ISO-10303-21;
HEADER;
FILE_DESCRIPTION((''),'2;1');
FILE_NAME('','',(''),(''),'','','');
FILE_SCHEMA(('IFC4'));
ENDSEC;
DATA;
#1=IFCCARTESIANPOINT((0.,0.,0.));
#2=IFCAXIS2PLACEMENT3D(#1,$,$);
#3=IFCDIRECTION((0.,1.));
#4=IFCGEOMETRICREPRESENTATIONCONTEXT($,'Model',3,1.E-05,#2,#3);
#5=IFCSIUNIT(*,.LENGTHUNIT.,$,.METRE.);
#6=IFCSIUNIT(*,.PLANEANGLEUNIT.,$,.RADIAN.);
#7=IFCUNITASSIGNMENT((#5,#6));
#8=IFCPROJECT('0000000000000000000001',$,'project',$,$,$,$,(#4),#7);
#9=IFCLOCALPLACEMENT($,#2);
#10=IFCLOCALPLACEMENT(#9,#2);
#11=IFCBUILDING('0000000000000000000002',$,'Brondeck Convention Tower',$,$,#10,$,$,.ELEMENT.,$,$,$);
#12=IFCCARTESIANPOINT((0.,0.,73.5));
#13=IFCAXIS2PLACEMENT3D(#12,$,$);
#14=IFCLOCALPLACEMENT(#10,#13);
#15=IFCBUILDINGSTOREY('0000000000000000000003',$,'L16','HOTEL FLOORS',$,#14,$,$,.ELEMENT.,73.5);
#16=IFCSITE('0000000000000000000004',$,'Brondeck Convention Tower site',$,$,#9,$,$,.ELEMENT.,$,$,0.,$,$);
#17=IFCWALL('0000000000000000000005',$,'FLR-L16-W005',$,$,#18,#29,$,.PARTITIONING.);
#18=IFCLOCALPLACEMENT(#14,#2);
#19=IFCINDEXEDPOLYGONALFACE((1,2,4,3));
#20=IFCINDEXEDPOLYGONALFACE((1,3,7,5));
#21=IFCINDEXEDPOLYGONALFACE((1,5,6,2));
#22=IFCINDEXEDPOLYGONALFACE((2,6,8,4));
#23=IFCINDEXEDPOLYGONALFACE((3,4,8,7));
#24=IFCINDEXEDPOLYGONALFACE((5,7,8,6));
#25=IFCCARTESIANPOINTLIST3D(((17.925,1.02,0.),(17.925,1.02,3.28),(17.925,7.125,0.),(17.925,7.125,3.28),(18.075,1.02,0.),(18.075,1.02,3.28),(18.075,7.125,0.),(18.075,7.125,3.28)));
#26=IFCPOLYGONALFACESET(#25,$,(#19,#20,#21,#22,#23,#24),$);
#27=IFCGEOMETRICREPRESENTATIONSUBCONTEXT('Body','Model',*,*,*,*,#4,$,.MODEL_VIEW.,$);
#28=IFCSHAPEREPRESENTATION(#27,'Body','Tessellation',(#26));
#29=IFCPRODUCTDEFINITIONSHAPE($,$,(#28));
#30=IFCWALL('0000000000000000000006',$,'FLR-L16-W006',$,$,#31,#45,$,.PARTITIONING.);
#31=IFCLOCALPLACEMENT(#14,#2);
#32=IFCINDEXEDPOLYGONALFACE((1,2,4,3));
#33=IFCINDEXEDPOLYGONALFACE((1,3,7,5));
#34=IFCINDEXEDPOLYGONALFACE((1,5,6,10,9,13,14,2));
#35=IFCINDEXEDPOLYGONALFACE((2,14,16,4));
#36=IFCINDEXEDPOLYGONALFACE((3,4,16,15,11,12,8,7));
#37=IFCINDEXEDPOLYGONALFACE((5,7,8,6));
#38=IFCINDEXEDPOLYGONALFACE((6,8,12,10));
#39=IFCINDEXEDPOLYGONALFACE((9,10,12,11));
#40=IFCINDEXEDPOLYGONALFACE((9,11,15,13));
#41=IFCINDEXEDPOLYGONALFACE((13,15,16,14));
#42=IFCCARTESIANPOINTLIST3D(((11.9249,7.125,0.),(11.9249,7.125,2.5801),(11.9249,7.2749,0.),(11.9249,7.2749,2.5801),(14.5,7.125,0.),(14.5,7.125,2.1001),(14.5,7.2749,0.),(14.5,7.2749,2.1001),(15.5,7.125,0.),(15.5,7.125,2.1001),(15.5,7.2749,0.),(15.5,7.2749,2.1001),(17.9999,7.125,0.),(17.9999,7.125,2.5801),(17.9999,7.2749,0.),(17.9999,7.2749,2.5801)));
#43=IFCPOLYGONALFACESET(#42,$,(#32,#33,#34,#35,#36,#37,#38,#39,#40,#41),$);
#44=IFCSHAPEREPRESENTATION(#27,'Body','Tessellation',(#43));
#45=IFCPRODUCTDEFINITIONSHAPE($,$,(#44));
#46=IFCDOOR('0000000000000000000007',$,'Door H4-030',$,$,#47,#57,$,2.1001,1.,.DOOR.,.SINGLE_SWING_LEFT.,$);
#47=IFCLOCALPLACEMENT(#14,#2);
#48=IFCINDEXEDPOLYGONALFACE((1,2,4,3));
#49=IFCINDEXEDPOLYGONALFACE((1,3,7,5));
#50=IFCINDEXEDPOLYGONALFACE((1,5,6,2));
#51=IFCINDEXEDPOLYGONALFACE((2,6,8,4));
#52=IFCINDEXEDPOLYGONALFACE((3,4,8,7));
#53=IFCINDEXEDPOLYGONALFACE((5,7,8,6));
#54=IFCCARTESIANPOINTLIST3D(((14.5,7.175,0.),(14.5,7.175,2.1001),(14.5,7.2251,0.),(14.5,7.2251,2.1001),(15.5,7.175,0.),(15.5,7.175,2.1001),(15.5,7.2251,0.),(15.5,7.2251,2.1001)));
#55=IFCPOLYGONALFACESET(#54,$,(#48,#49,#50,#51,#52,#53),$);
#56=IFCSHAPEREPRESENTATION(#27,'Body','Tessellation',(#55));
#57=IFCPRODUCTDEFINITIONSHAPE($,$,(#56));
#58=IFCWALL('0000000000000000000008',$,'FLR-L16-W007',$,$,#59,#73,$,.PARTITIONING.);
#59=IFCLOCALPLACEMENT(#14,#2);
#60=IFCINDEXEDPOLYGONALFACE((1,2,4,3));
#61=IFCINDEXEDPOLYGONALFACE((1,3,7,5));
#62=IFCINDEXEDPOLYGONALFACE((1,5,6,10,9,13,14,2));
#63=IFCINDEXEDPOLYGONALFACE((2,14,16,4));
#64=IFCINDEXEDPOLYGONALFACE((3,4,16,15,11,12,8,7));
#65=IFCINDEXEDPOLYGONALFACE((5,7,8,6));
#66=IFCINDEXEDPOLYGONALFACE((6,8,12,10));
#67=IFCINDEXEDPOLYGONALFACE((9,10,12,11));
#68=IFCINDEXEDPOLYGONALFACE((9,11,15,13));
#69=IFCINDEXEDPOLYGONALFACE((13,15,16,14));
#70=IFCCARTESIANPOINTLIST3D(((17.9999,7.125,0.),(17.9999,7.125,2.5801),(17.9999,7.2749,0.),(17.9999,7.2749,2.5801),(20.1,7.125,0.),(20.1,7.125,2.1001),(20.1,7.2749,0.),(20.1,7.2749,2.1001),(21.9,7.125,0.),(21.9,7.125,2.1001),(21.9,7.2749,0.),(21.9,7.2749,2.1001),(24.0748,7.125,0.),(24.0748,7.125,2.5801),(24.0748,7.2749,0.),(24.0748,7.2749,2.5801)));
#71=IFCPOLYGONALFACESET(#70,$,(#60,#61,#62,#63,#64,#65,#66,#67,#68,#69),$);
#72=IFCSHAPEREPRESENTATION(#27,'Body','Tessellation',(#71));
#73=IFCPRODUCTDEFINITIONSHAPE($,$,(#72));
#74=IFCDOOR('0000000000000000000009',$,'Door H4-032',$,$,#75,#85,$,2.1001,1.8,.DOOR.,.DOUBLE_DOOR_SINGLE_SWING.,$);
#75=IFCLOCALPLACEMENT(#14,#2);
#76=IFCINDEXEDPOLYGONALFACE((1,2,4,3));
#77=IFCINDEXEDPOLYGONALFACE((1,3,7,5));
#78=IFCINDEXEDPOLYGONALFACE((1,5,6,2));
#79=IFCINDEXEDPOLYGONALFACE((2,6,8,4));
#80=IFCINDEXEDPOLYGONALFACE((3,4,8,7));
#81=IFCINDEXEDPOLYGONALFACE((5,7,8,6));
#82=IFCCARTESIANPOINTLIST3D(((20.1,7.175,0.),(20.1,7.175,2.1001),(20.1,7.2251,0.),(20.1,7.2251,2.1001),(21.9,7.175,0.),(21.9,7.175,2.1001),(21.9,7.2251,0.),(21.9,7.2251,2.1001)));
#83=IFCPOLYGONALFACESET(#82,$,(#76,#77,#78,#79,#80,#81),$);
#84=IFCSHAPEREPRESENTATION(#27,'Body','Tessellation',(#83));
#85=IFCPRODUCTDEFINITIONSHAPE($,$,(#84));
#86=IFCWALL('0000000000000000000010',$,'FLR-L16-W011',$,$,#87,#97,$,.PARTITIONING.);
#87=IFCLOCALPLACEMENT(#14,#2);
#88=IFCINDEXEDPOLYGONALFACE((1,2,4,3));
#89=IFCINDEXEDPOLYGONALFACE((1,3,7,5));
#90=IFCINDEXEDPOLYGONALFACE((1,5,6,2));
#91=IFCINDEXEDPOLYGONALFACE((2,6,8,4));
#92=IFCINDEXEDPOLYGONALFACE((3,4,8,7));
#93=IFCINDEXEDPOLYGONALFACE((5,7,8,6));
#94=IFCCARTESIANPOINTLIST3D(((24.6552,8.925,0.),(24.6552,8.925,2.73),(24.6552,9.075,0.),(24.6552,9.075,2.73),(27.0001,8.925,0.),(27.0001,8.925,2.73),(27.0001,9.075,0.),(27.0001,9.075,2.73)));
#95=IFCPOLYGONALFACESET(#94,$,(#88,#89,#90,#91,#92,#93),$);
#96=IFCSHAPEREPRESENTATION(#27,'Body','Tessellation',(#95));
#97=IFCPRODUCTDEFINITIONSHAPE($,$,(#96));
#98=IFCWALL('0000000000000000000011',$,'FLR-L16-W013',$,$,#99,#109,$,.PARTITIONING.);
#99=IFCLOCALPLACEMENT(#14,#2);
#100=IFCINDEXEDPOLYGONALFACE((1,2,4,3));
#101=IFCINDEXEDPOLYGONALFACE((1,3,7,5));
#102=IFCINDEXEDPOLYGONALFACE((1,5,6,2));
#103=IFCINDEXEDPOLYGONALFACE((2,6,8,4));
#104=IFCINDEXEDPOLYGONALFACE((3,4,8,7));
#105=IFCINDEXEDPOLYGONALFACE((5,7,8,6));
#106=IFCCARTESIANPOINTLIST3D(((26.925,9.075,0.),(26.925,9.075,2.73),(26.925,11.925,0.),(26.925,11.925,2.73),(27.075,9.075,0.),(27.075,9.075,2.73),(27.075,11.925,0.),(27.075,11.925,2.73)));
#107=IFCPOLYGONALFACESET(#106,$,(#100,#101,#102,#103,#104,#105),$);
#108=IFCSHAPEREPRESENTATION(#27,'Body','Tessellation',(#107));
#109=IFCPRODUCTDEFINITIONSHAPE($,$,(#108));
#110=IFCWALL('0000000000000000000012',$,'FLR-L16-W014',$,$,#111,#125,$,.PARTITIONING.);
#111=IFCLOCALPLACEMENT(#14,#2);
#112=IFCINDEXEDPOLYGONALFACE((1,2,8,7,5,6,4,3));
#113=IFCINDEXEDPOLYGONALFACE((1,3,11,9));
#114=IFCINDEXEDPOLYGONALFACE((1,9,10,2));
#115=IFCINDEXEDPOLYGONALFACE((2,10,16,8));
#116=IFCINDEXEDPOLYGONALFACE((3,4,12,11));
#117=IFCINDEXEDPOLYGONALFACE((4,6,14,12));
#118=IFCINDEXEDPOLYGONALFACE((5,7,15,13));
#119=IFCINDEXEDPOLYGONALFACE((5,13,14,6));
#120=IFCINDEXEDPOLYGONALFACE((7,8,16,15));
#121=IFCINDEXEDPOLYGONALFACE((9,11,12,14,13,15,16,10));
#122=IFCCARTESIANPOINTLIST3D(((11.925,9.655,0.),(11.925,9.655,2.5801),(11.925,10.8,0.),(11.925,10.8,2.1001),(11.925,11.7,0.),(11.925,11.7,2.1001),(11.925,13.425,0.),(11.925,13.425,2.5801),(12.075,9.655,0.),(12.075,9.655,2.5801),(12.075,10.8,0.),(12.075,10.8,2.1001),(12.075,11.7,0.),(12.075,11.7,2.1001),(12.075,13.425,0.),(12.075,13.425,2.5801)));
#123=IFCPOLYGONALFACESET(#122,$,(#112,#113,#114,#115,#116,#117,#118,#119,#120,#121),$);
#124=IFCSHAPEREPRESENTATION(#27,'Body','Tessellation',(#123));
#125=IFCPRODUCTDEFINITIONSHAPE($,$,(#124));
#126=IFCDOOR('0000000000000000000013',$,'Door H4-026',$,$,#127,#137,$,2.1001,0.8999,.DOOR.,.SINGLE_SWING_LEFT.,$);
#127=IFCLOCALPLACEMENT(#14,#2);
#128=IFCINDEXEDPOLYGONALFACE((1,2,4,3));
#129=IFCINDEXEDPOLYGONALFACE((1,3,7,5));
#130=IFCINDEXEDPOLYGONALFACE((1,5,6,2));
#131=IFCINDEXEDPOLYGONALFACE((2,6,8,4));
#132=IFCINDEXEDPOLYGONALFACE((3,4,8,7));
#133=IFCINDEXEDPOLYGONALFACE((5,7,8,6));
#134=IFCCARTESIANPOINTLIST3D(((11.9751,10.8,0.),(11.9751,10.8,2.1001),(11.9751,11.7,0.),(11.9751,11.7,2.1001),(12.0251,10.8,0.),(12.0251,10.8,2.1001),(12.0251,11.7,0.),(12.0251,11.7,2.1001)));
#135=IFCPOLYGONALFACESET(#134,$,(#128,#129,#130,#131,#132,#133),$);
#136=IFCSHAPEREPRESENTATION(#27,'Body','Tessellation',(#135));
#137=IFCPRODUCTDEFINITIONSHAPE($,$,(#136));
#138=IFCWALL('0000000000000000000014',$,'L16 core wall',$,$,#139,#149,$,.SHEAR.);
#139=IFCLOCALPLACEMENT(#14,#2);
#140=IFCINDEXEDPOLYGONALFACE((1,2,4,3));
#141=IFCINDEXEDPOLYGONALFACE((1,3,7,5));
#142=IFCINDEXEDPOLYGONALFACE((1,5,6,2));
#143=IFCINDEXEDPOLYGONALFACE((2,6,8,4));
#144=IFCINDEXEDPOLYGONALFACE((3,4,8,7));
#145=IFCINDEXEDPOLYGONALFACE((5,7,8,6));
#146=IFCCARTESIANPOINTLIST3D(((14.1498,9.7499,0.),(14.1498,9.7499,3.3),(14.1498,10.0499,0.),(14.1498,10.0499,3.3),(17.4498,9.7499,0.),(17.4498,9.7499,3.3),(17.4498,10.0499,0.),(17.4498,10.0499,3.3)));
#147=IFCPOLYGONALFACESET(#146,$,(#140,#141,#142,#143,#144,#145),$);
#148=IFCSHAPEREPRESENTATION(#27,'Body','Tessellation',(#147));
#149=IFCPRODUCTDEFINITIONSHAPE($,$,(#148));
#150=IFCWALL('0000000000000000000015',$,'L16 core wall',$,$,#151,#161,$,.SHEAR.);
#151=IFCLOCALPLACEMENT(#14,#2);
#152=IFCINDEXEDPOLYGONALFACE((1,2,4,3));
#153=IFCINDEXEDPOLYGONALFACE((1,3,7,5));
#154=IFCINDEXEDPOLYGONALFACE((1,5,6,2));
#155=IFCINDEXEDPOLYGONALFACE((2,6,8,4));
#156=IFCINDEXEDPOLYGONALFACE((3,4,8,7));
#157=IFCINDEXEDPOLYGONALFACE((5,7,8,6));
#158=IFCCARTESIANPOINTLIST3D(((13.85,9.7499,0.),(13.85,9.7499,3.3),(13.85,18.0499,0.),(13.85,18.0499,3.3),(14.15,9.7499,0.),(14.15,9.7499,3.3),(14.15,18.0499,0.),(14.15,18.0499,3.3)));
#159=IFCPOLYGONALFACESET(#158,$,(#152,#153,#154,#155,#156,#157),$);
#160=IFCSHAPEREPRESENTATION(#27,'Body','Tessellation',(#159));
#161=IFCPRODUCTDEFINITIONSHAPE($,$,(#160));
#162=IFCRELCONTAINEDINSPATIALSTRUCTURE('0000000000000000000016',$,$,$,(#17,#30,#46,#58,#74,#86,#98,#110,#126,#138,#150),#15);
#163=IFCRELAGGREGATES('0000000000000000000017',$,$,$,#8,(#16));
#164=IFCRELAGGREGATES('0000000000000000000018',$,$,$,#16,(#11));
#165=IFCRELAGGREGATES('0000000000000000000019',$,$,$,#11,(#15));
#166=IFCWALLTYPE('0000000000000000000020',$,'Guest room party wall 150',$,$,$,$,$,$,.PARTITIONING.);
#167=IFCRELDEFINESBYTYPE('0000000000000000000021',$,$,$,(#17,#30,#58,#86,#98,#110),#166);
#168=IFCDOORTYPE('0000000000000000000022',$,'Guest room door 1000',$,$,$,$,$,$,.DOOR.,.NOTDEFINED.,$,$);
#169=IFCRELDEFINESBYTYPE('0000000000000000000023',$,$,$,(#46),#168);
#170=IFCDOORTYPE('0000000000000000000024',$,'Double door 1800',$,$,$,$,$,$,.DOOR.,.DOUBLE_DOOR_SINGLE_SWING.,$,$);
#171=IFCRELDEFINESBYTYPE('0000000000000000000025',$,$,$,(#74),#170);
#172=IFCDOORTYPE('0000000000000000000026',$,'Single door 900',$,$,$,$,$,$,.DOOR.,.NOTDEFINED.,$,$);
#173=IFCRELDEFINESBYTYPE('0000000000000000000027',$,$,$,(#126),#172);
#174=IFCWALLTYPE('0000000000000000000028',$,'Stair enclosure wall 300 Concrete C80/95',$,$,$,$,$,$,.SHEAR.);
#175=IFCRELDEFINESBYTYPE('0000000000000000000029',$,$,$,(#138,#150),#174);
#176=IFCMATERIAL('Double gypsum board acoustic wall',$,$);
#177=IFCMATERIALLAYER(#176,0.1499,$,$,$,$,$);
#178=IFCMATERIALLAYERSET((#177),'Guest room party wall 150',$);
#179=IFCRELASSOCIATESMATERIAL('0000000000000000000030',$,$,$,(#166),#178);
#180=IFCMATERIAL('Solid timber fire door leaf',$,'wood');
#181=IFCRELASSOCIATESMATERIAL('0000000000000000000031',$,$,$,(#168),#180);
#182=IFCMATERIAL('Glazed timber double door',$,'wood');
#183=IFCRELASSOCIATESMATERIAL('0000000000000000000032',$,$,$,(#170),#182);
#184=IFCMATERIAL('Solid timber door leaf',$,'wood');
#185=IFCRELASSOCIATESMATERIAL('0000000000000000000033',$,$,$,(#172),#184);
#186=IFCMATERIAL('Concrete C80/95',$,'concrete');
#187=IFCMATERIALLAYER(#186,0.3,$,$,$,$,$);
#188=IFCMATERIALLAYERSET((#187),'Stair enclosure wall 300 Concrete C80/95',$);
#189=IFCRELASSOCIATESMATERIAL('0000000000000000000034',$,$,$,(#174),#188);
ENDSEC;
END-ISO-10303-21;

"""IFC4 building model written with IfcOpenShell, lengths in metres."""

from ifc_helpers import new_model, si_unit, direction, frame, frame_2d, origin, place, context, subcontext, project, spatial, rectangle, extrude, material, layer, layer_set, type_object, element, fill, save


model = new_model("IFC4")

# Units and contexts
model_context = context("Model", 3, precision=1e-05, world=origin(), true_north=direction((0.0, 1.0)))
body_context = subcontext(model_context, "Body", "Model", "MODEL_VIEW")
ifc_project = project(units=[si_unit("LENGTHUNIT", "METRE"), si_unit("PLANEANGLEUNIT", "RADIAN")], contexts=[model_context])

# Site, building, storey
site_placement = place(None, origin())
site = spatial("IfcSite", under=ifc_project, at=site_placement, Name="Brondeck Convention Tower site", CompositionType="ELEMENT", RefElevation=0.0)
building_placement = place(site_placement, origin())
building = spatial("IfcBuilding", under=site, at=building_placement, Name="Brondeck Convention Tower", CompositionType="ELEMENT")
storey_placement = place(building_placement, frame((0.0, 0.0, 73.5)))
storey = spatial("IfcBuildingStorey", under=building, at=storey_placement, Name="L16", Description="HOTEL FLOORS", CompositionType="ELEMENT", Elevation=73.5)

# Shared definitions
ifc_material_1 = material(Name="Concrete C80/95", Category="concrete")

# Wall
ifc_material_2 = material(Name="Double gypsum board acoustic wall")
ifc_layer_1 = layer(ifc_material_2, 0.1499)
ifc_layer_set_1 = layer_set([ifc_layer_1], Name="Guest room party wall 150")
wall_type_1 = type_object("IfcWallType", Name="Guest room party wall 150", PredefinedType="PARTITIONING", material=ifc_layer_set_1)
wall_1_placement = place(storey_placement, frame((18.0, 7.125, 0.0), z_axis=(0.0, 0.0, 1.0), x_axis=(0.0, -1.0, 0.0)))
element("IfcWall", 1, at=wall_1_placement, inside=storey, type_object=wall_type_1, Name="FLR-L16-W005", PredefinedType="PARTITIONING", context=body_context, shape_type="SweptSolid", body=[
    extrude(rectangle(XDim=6.105, YDim=0.1499, at=frame_2d((3.0525, 0.0))), origin(), (0.0, 0.0, 1.0), 3.28),
])

# Walls, openings, doors
wall_2_placement = place(storey_placement, frame((18.0, 7.2, 0.0), z_axis=(0.0, 0.0, 1.0), x_axis=(-1.0, 0.0, 0.0)))
wall_2 = element("IfcWall", 2, at=wall_2_placement, inside=storey, type_object=wall_type_1, Name="FLR-L16-W006", PredefinedType="PARTITIONING", context=body_context, shape_type="SweptSolid", body=[
    extrude(rectangle(XDim=6.075, YDim=0.1499, at=frame_2d((3.0376, 0.0))), origin(), (0.0, 0.0, 1.0), 2.5801),
])
opening_1_placement = place(wall_2_placement, frame((2.5, 0.0, 0.0)))
opening_1 = element("IfcOpeningElement", 3, at=opening_1_placement, cuts=wall_2, PredefinedType="OPENING", context=body_context, shape_type="SweptSolid", body=[
    extrude(rectangle(XDim=1.0, YDim=2.1001, at=frame_2d((0.5, 1.05))), frame((0.0, 0.085, 0.0), z_axis=(0.0, -1.0, 0.0), x_axis=(1.0, 0.0, 0.0)), (0.0, 0.0, 1.0), 0.1699),
])
ifc_material_3 = material(Name="Solid timber fire door leaf", Category="wood")
door_type_1 = type_object("IfcDoorType", Name="Guest room door 1000", OperationType="NOTDEFINED", PredefinedType="DOOR", material=ifc_material_3)
door_1_placement = place(opening_1_placement, origin())
door_1 = element("IfcDoor", 4, at=door_1_placement, inside=storey, type_object=door_type_1, Name="Door H4-030", OperationType="SINGLE_SWING_LEFT", OverallHeight=2.1001, OverallWidth=1.0, PredefinedType="DOOR", context=body_context, shape_type="SweptSolid", body=[
    extrude(rectangle(XDim=1.0, YDim=2.1001, at=frame_2d((0.5, 1.05))), frame((0.0, 0.0249, 0.0), z_axis=(0.0, -1.0, 0.0), x_axis=(1.0, 0.0, 0.0)), (0.0, 0.0, 1.0), 0.05),
])
fill(opening_1, door_1)
wall_3_placement = place(storey_placement, frame((24.075, 7.2, 0.0), z_axis=(0.0, 0.0, 1.0), x_axis=(-1.0, 0.0, 0.0)))
wall_3 = element("IfcWall", 5, at=wall_3_placement, inside=storey, type_object=wall_type_1, Name="FLR-L16-W007", PredefinedType="PARTITIONING", context=body_context, shape_type="SweptSolid", body=[
    extrude(rectangle(XDim=6.075, YDim=0.1499, at=frame_2d((3.0376, 0.0))), origin(), (0.0, 0.0, 1.0), 2.5801),
])
opening_2_placement = place(wall_3_placement, frame((2.175, 0.0, 0.0)))
opening_2 = element("IfcOpeningElement", 6, at=opening_2_placement, cuts=wall_3, PredefinedType="OPENING", context=body_context, shape_type="SweptSolid", body=[
    extrude(rectangle(XDim=1.8, YDim=2.1001, at=frame_2d((0.8999, 1.05))), frame((0.0, 0.085, 0.0), z_axis=(0.0, -1.0, 0.0), x_axis=(1.0, 0.0, 0.0)), (0.0, 0.0, 1.0), 0.1699),
])
ifc_material_4 = material(Name="Glazed timber double door", Category="wood")
door_type_2 = type_object("IfcDoorType", Name="Double door 1800", OperationType="DOUBLE_DOOR_SINGLE_SWING", PredefinedType="DOOR", material=ifc_material_4)
door_2_placement = place(opening_2_placement, origin())
door_2 = element("IfcDoor", 7, at=door_2_placement, inside=storey, type_object=door_type_2, Name="Door H4-032", OperationType="DOUBLE_DOOR_SINGLE_SWING", OverallHeight=2.1001, OverallWidth=1.8, PredefinedType="DOOR", context=body_context, shape_type="SweptSolid", body=[
    extrude(rectangle(XDim=1.8, YDim=2.1001, at=frame_2d((0.8999, 1.05))), frame((0.0, 0.0249, 0.0), z_axis=(0.0, -1.0, 0.0), x_axis=(1.0, 0.0, 0.0)), (0.0, 0.0, 1.0), 0.05),
])
fill(opening_2, door_2)

# Walls
wall_4_placement = place(storey_placement, frame((27.0, 9.0, 0.0), z_axis=(0.0, 0.0, 1.0), x_axis=(-1.0, 0.0, 0.0)))
element("IfcWall", 8, at=wall_4_placement, inside=storey, type_object=wall_type_1, Name="FLR-L16-W011", PredefinedType="PARTITIONING", context=body_context, shape_type="SweptSolid", body=[
    extrude(rectangle(XDim=2.345, YDim=0.1499, at=frame_2d((1.1724, 0.0))), origin(), (0.0, 0.0, 1.0), 2.73),
])
wall_5_placement = place(storey_placement, frame((27.0, 9.075, 0.0), z_axis=(0.0, 0.0, 1.0), x_axis=(0.0, 1.0, 0.0)))
element("IfcWall", 9, at=wall_5_placement, inside=storey, type_object=wall_type_1, Name="FLR-L16-W013", PredefinedType="PARTITIONING", context=body_context, shape_type="SweptSolid", body=[
    extrude(rectangle(XDim=2.8501, YDim=0.1499, at=frame_2d((1.425, 0.0))), origin(), (0.0, 0.0, 1.0), 2.73),
])

# Wall, opening, door
wall_6_placement = place(storey_placement, frame((12.0, 9.655, 0.0), z_axis=(0.0, 0.0, 1.0), x_axis=(0.0, 1.0, 0.0)))
wall_6 = element("IfcWall", 10, at=wall_6_placement, inside=storey, type_object=wall_type_1, Name="FLR-L16-W014", PredefinedType="PARTITIONING", context=body_context, shape_type="SweptSolid", body=[
    extrude(rectangle(XDim=3.77, YDim=0.1499, at=frame_2d((1.885, 0.0))), origin(), (0.0, 0.0, 1.0), 2.5801),
])
opening_3_placement = place(wall_6_placement, frame((1.145, 0.0, 0.0)))
opening_3 = element("IfcOpeningElement", 11, at=opening_3_placement, cuts=wall_6, PredefinedType="OPENING", context=body_context, shape_type="SweptSolid", body=[
    extrude(rectangle(XDim=0.8999, YDim=2.1001, at=frame_2d((0.45, 1.05))), frame((0.0, 0.085, 0.0), z_axis=(0.0, -1.0, 0.0), x_axis=(1.0, 0.0, 0.0)), (0.0, 0.0, 1.0), 0.1699),
])
ifc_material_5 = material(Name="Solid timber door leaf", Category="wood")
door_type_3 = type_object("IfcDoorType", Name="Single door 900", OperationType="NOTDEFINED", PredefinedType="DOOR", material=ifc_material_5)
door_3_placement = place(opening_3_placement, origin())
door_3 = element("IfcDoor", 12, at=door_3_placement, inside=storey, type_object=door_type_3, Name="Door H4-026", OperationType="SINGLE_SWING_LEFT", OverallHeight=2.1001, OverallWidth=0.8999, PredefinedType="DOOR", context=body_context, shape_type="SweptSolid", body=[
    extrude(rectangle(XDim=0.8999, YDim=2.1001, at=frame_2d((0.45, 1.05))), frame((0.0, 0.0249, 0.0), z_axis=(0.0, -1.0, 0.0), x_axis=(1.0, 0.0, 0.0)), (0.0, 0.0, 1.0), 0.05),
])
fill(opening_3, door_3)

# Walls
ifc_layer_2 = layer(ifc_material_1, 0.3)
ifc_layer_set_2 = layer_set([ifc_layer_2], Name="Stair enclosure wall 300 Concrete C80/95")
wall_type_2 = type_object("IfcWallType", Name="Stair enclosure wall 300 Concrete C80/95", PredefinedType="SHEAR", material=ifc_layer_set_2)
wall_7_placement = place(storey_placement, frame((14.1499, 9.8999, 0.0), z_axis=(0.0, 0.0, 1.0), x_axis=(1.0, 0.0, 0.0)))
element("IfcWall", 13, at=wall_7_placement, inside=storey, type_object=wall_type_2, Name="L16 core wall", PredefinedType="SHEAR", context=body_context, shape_type="SweptSolid", body=[
    extrude(rectangle(XDim=3.3, YDim=0.3, at=frame_2d((1.6499, 0.0))), origin(), (0.0, 0.0, 1.0), 3.3),
])
wall_8_placement = place(storey_placement, frame((14.0, 9.75, 0.0), z_axis=(0.0, 0.0, 1.0), x_axis=(0.0, 1.0, 0.0)))
element("IfcWall", 14, at=wall_8_placement, inside=storey, type_object=wall_type_2, Name="L16 core wall", PredefinedType="SHEAR", context=body_context, shape_type="SweptSolid", body=[
    extrude(rectangle(XDim=8.3, YDim=0.3, at=frame_2d((4.1499, 0.0))), origin(), (0.0, 0.0, 1.0), 3.3),
])

save(model, "model.ifc")
